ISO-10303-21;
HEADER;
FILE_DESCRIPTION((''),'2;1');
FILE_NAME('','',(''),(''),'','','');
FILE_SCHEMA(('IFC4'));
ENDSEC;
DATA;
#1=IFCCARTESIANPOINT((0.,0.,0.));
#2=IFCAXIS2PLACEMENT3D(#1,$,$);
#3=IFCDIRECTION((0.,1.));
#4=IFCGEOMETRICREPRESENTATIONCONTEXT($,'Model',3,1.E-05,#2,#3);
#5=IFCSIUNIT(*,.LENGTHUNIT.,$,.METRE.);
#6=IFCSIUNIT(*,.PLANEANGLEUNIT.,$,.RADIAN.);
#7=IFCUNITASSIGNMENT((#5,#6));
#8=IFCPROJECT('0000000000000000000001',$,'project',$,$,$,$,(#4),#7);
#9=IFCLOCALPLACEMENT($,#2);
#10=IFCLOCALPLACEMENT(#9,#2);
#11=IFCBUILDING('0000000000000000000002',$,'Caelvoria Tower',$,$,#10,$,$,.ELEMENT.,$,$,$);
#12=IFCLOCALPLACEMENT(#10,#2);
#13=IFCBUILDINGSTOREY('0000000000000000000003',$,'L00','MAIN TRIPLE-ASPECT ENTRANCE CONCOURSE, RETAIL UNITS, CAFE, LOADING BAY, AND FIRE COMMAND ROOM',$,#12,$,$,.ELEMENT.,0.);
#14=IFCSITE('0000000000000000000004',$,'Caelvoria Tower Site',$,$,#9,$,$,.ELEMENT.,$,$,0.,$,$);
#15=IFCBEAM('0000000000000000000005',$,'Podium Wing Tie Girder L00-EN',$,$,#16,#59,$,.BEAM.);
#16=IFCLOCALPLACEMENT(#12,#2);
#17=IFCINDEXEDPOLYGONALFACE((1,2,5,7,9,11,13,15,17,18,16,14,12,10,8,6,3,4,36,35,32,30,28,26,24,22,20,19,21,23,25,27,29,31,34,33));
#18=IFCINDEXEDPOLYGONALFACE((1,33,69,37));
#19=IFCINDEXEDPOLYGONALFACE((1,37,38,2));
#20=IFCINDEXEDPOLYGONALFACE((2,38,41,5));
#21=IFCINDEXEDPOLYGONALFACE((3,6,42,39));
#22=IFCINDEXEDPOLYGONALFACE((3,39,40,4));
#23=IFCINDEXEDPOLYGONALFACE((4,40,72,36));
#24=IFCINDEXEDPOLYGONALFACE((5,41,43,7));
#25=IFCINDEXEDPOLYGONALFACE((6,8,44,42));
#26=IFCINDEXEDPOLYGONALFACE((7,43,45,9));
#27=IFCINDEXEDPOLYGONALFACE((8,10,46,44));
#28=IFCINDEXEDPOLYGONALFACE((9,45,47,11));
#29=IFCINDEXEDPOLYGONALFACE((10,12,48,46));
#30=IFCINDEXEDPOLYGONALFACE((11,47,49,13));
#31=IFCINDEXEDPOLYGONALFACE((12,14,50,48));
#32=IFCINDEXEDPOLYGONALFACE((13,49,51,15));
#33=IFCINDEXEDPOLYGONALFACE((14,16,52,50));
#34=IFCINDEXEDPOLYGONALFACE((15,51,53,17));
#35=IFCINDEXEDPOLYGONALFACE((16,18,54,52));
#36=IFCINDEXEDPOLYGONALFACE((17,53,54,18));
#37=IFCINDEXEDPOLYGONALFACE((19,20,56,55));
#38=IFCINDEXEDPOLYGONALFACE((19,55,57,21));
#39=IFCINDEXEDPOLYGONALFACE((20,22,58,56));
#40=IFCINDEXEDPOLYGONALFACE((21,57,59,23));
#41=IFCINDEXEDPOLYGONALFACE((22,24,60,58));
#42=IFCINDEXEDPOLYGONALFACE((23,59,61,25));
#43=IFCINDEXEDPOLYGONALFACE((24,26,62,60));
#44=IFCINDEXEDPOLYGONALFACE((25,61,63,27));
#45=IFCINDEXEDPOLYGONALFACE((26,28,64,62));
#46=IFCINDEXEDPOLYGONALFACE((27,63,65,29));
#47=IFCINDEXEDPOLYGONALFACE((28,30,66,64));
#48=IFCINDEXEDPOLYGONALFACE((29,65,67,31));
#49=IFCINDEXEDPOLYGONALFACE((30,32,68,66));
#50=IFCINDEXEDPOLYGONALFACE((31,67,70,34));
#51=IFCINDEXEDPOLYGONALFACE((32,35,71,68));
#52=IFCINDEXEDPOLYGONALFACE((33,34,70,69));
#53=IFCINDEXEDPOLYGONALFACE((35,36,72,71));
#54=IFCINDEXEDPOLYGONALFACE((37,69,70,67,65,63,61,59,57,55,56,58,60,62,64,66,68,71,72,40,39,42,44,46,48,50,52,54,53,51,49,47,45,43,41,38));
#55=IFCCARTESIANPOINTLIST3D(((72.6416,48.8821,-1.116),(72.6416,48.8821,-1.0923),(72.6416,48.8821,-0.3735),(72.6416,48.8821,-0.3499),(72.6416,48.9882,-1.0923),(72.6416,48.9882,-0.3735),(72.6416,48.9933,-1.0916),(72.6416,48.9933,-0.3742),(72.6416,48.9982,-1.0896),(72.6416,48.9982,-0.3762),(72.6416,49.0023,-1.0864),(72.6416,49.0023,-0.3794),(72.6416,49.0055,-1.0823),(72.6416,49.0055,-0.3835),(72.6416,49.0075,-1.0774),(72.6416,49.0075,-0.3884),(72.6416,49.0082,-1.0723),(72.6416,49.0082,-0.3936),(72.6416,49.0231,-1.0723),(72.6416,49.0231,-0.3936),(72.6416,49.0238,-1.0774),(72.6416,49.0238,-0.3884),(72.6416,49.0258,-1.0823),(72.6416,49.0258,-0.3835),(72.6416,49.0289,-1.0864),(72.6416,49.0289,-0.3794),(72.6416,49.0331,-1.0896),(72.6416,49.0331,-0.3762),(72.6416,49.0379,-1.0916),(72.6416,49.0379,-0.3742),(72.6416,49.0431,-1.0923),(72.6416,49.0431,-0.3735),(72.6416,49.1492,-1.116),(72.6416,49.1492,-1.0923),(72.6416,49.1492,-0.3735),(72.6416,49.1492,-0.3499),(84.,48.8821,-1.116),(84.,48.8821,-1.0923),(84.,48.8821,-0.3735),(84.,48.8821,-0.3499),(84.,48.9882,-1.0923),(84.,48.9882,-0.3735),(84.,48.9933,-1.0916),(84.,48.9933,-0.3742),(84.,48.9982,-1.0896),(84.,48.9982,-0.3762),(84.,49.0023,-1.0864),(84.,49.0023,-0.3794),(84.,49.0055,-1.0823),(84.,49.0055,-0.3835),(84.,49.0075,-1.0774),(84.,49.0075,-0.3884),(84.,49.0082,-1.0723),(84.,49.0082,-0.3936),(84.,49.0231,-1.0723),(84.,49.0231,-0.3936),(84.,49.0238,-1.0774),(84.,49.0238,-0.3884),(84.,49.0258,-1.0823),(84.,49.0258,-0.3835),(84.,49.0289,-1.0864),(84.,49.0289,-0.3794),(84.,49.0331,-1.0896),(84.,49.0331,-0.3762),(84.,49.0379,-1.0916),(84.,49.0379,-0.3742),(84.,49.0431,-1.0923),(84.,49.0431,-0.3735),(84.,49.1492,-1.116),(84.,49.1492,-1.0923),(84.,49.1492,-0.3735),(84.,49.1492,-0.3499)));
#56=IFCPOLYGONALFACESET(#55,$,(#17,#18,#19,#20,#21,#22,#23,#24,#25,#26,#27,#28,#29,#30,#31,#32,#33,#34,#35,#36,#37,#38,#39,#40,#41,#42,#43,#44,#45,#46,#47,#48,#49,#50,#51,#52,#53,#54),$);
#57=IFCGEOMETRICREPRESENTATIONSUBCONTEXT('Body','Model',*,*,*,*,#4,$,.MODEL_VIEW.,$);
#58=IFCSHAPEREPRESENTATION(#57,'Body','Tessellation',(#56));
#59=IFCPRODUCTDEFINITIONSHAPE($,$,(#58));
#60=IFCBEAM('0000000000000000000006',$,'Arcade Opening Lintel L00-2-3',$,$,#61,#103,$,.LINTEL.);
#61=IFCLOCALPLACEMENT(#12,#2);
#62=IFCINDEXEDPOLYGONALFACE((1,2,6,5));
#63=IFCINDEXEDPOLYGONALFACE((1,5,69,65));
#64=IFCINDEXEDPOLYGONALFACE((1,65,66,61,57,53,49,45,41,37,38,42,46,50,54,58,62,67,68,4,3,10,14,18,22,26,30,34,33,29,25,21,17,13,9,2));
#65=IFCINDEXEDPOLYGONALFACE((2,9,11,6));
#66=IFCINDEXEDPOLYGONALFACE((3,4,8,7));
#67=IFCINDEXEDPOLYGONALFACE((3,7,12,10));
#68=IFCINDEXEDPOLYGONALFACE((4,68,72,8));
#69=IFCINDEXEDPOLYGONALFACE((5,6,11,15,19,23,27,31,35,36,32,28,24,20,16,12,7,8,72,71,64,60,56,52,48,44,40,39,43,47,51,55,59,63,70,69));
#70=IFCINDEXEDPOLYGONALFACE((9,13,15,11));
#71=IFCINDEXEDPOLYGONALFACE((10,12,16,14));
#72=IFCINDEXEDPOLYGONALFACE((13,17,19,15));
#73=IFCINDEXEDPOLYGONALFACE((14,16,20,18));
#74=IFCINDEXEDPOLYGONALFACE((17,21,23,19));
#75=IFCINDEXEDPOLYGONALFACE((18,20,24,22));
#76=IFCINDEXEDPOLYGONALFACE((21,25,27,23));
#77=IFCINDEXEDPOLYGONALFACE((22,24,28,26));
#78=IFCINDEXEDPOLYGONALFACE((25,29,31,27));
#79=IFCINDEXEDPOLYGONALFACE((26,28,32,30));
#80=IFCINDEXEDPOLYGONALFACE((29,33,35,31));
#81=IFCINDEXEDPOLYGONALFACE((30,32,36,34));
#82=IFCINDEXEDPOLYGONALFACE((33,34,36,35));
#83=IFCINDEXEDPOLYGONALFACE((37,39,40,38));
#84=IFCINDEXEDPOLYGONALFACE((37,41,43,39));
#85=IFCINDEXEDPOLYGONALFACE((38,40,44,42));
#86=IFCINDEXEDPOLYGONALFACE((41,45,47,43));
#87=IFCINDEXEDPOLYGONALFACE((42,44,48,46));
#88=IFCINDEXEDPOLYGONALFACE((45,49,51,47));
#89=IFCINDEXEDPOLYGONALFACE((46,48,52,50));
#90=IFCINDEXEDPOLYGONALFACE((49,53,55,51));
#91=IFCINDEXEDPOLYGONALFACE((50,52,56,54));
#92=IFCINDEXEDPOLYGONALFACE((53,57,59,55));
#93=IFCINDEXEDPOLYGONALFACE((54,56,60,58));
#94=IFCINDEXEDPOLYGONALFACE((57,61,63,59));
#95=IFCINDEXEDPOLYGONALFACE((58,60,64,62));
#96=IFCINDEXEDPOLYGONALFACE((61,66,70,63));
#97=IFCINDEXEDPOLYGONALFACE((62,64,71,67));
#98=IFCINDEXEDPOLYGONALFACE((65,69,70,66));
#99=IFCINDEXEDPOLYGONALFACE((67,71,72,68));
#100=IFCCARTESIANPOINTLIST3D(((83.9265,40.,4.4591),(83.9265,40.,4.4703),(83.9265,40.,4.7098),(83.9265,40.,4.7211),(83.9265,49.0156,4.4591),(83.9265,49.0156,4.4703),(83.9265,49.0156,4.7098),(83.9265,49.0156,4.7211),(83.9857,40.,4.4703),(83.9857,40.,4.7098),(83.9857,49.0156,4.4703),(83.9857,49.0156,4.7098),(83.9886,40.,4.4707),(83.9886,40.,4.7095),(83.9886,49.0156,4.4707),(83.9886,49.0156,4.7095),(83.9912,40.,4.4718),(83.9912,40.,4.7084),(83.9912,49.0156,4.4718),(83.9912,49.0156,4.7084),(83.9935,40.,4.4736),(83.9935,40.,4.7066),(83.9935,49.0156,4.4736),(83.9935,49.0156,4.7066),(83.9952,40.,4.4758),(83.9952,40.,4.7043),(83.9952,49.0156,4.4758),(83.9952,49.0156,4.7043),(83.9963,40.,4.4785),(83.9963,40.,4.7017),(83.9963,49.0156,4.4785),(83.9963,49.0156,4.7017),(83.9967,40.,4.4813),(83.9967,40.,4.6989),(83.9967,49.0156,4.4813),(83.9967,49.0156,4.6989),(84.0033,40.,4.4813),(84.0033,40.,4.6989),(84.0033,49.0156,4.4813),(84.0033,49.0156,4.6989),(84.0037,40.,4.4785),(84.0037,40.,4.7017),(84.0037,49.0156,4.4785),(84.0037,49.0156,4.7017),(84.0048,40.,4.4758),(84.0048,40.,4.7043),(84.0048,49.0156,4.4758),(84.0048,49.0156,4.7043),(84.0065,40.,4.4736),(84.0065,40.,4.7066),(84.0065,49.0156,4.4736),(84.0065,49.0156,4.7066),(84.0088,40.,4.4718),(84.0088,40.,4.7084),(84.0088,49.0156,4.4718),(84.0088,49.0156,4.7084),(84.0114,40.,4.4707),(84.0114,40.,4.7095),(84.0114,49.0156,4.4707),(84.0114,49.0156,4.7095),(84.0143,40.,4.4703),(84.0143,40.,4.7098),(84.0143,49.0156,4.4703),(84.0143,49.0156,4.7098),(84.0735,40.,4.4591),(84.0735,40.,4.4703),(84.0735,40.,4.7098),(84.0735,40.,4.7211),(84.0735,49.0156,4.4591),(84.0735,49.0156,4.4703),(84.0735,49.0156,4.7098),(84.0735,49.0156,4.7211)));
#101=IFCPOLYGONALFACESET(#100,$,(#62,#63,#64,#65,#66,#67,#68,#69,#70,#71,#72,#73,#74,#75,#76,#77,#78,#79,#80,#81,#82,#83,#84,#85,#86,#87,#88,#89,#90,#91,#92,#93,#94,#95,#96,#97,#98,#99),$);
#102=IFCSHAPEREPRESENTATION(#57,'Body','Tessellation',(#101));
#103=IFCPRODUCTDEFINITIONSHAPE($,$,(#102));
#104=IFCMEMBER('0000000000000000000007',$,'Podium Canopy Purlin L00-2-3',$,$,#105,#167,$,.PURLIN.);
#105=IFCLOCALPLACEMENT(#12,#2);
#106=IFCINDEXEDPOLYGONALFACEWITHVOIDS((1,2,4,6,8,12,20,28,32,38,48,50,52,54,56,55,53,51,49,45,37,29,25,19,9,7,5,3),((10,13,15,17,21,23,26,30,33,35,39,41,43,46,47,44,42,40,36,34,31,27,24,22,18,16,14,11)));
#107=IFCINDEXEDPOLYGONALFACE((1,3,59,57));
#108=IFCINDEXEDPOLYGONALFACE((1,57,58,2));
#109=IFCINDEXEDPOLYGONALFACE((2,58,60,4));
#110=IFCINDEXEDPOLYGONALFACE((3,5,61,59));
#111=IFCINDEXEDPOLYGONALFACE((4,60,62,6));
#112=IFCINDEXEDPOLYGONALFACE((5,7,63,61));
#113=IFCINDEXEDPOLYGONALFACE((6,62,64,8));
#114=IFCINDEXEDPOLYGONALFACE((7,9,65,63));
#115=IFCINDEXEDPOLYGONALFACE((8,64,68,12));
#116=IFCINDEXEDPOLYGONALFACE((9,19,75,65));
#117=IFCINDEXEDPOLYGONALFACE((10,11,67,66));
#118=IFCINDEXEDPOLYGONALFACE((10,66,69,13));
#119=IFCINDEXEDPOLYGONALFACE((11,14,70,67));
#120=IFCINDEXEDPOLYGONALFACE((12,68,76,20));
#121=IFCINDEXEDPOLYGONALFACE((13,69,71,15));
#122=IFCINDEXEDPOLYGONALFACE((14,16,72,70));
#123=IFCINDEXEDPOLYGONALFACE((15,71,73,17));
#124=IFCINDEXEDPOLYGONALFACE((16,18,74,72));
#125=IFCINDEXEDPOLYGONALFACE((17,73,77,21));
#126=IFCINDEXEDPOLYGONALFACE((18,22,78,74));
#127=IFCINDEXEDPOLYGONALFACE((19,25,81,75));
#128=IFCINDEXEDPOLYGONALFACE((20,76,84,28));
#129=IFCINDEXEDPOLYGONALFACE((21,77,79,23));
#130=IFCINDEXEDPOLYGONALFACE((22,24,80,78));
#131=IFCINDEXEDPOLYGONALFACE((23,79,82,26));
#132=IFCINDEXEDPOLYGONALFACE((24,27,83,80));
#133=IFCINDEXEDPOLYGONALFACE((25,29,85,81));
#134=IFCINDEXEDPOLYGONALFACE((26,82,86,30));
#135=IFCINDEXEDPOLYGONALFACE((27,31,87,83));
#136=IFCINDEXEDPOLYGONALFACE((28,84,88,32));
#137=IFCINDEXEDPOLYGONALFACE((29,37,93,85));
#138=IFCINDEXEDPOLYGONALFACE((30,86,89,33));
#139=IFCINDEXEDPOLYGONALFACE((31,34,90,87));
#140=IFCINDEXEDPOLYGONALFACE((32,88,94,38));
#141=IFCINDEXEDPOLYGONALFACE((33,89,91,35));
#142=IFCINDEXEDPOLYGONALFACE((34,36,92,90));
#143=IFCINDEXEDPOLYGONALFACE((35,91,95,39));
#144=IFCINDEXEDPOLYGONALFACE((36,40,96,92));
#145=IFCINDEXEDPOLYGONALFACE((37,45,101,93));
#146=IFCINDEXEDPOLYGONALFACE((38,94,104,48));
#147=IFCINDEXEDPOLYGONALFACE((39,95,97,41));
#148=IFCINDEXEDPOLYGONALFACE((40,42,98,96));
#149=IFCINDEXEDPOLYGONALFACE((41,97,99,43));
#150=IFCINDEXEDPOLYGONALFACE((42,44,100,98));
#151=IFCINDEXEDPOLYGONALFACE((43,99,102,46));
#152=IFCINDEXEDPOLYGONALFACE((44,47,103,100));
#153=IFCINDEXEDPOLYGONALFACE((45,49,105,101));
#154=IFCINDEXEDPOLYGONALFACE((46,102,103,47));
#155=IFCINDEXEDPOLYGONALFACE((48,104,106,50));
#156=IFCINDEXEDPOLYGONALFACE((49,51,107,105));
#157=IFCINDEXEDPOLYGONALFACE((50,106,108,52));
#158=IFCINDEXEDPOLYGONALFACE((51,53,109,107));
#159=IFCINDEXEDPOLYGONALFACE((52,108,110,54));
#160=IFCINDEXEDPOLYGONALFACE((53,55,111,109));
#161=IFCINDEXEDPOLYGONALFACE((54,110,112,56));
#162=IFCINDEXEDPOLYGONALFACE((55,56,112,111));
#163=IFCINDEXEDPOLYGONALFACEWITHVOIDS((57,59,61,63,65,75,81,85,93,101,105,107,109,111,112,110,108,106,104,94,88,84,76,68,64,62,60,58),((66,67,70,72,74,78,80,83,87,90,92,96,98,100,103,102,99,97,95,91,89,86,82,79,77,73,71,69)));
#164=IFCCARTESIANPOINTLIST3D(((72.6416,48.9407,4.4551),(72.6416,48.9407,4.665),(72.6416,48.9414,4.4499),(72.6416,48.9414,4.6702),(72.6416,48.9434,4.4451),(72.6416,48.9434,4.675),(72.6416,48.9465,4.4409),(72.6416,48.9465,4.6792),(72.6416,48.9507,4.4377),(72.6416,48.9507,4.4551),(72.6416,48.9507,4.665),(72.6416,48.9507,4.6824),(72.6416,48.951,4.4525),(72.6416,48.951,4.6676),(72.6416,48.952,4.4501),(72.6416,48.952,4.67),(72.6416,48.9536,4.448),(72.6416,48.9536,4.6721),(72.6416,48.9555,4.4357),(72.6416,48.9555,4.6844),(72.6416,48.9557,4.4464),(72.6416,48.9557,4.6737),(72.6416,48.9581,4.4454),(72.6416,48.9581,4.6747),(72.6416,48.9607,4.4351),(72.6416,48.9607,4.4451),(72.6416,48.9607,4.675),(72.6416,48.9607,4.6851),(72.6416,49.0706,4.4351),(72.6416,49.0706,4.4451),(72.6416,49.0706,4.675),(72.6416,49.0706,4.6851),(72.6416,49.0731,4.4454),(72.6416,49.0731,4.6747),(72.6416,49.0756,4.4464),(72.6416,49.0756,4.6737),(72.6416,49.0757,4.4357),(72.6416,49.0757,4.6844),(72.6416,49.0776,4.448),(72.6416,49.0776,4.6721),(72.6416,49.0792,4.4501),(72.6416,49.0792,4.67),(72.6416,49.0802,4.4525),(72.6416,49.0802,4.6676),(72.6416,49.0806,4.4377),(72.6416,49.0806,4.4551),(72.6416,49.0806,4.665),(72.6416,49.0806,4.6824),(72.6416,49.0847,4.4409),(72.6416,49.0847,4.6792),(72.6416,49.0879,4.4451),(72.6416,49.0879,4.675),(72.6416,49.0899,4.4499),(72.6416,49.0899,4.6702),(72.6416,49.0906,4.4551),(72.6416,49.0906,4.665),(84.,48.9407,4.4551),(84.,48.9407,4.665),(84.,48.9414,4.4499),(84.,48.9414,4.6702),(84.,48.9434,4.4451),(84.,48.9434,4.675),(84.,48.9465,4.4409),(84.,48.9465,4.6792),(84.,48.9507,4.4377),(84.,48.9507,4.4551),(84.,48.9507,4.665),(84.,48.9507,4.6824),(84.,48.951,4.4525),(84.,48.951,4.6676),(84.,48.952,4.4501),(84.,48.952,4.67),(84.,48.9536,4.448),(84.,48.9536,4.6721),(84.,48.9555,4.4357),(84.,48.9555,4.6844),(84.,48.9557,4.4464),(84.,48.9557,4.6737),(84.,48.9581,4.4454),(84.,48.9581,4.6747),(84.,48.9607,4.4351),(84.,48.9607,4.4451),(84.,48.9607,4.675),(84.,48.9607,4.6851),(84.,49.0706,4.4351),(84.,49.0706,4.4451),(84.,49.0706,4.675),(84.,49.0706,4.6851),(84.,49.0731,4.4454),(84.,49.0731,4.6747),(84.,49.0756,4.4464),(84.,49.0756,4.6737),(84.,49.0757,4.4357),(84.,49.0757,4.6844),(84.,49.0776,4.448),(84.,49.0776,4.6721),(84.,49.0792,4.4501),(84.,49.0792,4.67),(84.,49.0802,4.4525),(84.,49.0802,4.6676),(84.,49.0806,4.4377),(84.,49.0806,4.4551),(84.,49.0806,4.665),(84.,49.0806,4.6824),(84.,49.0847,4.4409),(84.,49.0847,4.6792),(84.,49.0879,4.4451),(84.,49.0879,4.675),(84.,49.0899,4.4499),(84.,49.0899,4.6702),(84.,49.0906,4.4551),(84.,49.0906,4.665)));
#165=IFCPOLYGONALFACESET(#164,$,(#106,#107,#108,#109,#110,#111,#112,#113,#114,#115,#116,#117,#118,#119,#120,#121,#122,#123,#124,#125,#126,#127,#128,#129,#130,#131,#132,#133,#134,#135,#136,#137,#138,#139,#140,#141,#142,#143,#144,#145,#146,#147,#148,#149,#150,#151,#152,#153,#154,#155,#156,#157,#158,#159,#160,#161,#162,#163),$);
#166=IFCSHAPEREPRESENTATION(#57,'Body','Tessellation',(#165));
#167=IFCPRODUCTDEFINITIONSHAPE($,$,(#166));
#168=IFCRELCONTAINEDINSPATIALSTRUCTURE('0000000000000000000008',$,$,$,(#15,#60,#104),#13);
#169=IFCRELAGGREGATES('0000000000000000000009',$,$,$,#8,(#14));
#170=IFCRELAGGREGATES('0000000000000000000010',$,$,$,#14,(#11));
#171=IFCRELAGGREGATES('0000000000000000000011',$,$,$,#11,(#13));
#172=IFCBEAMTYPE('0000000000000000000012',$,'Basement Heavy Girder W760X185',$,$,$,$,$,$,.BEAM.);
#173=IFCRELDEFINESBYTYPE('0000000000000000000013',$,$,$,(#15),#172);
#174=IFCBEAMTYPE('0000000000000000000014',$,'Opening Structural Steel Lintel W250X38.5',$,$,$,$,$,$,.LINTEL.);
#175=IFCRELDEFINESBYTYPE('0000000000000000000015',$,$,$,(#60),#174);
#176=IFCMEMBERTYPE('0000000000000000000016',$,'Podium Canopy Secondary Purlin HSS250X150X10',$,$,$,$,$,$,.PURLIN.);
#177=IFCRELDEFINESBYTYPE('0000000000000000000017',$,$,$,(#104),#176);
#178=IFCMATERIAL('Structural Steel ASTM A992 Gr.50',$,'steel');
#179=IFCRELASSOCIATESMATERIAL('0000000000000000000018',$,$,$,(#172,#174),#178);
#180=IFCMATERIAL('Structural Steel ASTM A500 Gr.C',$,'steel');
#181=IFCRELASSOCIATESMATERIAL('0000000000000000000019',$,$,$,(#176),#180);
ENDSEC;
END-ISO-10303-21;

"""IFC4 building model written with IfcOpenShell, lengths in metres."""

from ifc_helpers import new_model, si_unit, direction, frame, origin, origin_2d, place, context, subcontext, project, spatial, hollow_rectangle, i_section, extrude, material, material_profile, profile_set, type_object, element, save


model = new_model("IFC4")

# Units and contexts
model_context = context("Model", 3, precision=1e-05, world=origin(), true_north=direction((0.0, 1.0)))
body_context = subcontext(model_context, "Body", "Model", "MODEL_VIEW")
ifc_project = project(units=[si_unit("LENGTHUNIT", "METRE"), si_unit("PLANEANGLEUNIT", "RADIAN")], contexts=[model_context])

# Site, building, storey
site_placement = place(None, origin())
site = spatial("IfcSite", under=ifc_project, at=site_placement, Name="Caelvoria Tower Site", CompositionType="ELEMENT", RefElevation=0.0)
building_placement = place(site_placement, origin())
building = spatial("IfcBuilding", under=site, at=building_placement, Name="Caelvoria Tower", CompositionType="ELEMENT")
storey_placement = place(building_placement, origin())
storey = spatial("IfcBuildingStorey", under=building, at=storey_placement, Name="L00", Description="MAIN TRIPLE-ASPECT ENTRANCE CONCOURSE, RETAIL UNITS, CAFE, LOADING BAY, AND FIRE COMMAND ROOM", CompositionType="ELEMENT", Elevation=0.0)

# Beams
ifc_material_1 = material(Name="Structural Steel ASTM A992 Gr.50", Category="steel")
ifc_material_profile_1 = material_profile(ifc_material_1, i_section(OverallWidth=0.2671, OverallDepth=0.7661, WebThickness=0.0149, FlangeThickness=0.0237, FilletRadius=0.02, at=origin_2d()), Name="Structural Steel ASTM A992 Gr.50")
ifc_profile_set_1 = profile_set([ifc_material_profile_1], Name="W760X185 - Structural Steel ASTM A992 Gr.50")
beam_type_1 = type_object("IfcBeamType", Name="Basement Heavy Girder W760X185", PredefinedType="BEAM", material=ifc_profile_set_1)
beam_1_placement = place(storey_placement, frame((84.0, 49.0156, -0.7329), z_axis=(-1.0, 0.0, 0.0), x_axis=(0.0, -1.0, 0.0)))
element("IfcBeam", 1, at=beam_1_placement, inside=storey, type_object=beam_type_1, Name="Podium Wing Tie Girder L00-EN", PredefinedType="BEAM", context=body_context, shape_type="SweptSolid", body=[
    extrude(i_section(OverallWidth=0.2671, OverallDepth=0.7661, WebThickness=0.0149, FlangeThickness=0.0237, FilletRadius=0.02, at=origin_2d()), origin(), (0.0, 0.0, 1.0), 11.3584),
])
ifc_material_profile_2 = material_profile(ifc_material_1, i_section(OverallWidth=0.147, OverallDepth=0.262, WebThickness=0.0066, FlangeThickness=0.0112, FilletRadius=0.011, at=origin_2d()), Name="Structural Steel ASTM A992 Gr.50")
ifc_profile_set_2 = profile_set([ifc_material_profile_2], Name="W250X38.5 - Structural Steel ASTM A992 Gr.50")
beam_type_2 = type_object("IfcBeamType", Name="Opening Structural Steel Lintel W250X38.5", PredefinedType="LINTEL", material=ifc_profile_set_2)
beam_2_placement = place(storey_placement, frame((84.0, 40.0, 4.5901), z_axis=(0.0, 1.0, 0.0), x_axis=(-1.0, 0.0, 0.0)))
element("IfcBeam", 2, at=beam_2_placement, inside=storey, type_object=beam_type_2, Name="Arcade Opening Lintel L00-2-3", PredefinedType="LINTEL", context=body_context, shape_type="SweptSolid", body=[
    extrude(i_section(OverallWidth=0.147, OverallDepth=0.262, WebThickness=0.0066, FlangeThickness=0.0112, FilletRadius=0.011, at=origin_2d()), origin(), (0.0, 0.0, 1.0), 9.0156),
])

# Member
ifc_material_2 = material(Name="Structural Steel ASTM A500 Gr.C", Category="steel")
ifc_material_profile_3 = material_profile(ifc_material_2, hollow_rectangle(XDim=0.1499, YDim=0.25, WallThickness=0.01, InnerFilletRadius=0.01, OuterFilletRadius=0.02, at=origin_2d()), Name="Structural Steel ASTM A500 Gr.C")
ifc_profile_set_3 = profile_set([ifc_material_profile_3], Name="HSS250X150X10 - Structural Steel ASTM A500 Gr.C")
member_type = type_object("IfcMemberType", Name="Podium Canopy Secondary Purlin HSS250X150X10", PredefinedType="PURLIN", material=ifc_profile_set_3)
member_placement = place(storey_placement, frame((84.0, 49.0156, 4.5601), z_axis=(-1.0, 0.0, 0.0), x_axis=(0.0, -1.0, 0.0)))
element("IfcMember", 3, at=member_placement, inside=storey, type_object=member_type, Name="Podium Canopy Purlin L00-2-3", PredefinedType="PURLIN", context=body_context, shape_type="SweptSolid", body=[
    extrude(hollow_rectangle(XDim=0.1499, YDim=0.25, WallThickness=0.01, InnerFilletRadius=0.01, OuterFilletRadius=0.02, at=origin_2d()), origin(), (0.0, 0.0, 1.0), 11.3584),
])

save(model, "model.ifc")
